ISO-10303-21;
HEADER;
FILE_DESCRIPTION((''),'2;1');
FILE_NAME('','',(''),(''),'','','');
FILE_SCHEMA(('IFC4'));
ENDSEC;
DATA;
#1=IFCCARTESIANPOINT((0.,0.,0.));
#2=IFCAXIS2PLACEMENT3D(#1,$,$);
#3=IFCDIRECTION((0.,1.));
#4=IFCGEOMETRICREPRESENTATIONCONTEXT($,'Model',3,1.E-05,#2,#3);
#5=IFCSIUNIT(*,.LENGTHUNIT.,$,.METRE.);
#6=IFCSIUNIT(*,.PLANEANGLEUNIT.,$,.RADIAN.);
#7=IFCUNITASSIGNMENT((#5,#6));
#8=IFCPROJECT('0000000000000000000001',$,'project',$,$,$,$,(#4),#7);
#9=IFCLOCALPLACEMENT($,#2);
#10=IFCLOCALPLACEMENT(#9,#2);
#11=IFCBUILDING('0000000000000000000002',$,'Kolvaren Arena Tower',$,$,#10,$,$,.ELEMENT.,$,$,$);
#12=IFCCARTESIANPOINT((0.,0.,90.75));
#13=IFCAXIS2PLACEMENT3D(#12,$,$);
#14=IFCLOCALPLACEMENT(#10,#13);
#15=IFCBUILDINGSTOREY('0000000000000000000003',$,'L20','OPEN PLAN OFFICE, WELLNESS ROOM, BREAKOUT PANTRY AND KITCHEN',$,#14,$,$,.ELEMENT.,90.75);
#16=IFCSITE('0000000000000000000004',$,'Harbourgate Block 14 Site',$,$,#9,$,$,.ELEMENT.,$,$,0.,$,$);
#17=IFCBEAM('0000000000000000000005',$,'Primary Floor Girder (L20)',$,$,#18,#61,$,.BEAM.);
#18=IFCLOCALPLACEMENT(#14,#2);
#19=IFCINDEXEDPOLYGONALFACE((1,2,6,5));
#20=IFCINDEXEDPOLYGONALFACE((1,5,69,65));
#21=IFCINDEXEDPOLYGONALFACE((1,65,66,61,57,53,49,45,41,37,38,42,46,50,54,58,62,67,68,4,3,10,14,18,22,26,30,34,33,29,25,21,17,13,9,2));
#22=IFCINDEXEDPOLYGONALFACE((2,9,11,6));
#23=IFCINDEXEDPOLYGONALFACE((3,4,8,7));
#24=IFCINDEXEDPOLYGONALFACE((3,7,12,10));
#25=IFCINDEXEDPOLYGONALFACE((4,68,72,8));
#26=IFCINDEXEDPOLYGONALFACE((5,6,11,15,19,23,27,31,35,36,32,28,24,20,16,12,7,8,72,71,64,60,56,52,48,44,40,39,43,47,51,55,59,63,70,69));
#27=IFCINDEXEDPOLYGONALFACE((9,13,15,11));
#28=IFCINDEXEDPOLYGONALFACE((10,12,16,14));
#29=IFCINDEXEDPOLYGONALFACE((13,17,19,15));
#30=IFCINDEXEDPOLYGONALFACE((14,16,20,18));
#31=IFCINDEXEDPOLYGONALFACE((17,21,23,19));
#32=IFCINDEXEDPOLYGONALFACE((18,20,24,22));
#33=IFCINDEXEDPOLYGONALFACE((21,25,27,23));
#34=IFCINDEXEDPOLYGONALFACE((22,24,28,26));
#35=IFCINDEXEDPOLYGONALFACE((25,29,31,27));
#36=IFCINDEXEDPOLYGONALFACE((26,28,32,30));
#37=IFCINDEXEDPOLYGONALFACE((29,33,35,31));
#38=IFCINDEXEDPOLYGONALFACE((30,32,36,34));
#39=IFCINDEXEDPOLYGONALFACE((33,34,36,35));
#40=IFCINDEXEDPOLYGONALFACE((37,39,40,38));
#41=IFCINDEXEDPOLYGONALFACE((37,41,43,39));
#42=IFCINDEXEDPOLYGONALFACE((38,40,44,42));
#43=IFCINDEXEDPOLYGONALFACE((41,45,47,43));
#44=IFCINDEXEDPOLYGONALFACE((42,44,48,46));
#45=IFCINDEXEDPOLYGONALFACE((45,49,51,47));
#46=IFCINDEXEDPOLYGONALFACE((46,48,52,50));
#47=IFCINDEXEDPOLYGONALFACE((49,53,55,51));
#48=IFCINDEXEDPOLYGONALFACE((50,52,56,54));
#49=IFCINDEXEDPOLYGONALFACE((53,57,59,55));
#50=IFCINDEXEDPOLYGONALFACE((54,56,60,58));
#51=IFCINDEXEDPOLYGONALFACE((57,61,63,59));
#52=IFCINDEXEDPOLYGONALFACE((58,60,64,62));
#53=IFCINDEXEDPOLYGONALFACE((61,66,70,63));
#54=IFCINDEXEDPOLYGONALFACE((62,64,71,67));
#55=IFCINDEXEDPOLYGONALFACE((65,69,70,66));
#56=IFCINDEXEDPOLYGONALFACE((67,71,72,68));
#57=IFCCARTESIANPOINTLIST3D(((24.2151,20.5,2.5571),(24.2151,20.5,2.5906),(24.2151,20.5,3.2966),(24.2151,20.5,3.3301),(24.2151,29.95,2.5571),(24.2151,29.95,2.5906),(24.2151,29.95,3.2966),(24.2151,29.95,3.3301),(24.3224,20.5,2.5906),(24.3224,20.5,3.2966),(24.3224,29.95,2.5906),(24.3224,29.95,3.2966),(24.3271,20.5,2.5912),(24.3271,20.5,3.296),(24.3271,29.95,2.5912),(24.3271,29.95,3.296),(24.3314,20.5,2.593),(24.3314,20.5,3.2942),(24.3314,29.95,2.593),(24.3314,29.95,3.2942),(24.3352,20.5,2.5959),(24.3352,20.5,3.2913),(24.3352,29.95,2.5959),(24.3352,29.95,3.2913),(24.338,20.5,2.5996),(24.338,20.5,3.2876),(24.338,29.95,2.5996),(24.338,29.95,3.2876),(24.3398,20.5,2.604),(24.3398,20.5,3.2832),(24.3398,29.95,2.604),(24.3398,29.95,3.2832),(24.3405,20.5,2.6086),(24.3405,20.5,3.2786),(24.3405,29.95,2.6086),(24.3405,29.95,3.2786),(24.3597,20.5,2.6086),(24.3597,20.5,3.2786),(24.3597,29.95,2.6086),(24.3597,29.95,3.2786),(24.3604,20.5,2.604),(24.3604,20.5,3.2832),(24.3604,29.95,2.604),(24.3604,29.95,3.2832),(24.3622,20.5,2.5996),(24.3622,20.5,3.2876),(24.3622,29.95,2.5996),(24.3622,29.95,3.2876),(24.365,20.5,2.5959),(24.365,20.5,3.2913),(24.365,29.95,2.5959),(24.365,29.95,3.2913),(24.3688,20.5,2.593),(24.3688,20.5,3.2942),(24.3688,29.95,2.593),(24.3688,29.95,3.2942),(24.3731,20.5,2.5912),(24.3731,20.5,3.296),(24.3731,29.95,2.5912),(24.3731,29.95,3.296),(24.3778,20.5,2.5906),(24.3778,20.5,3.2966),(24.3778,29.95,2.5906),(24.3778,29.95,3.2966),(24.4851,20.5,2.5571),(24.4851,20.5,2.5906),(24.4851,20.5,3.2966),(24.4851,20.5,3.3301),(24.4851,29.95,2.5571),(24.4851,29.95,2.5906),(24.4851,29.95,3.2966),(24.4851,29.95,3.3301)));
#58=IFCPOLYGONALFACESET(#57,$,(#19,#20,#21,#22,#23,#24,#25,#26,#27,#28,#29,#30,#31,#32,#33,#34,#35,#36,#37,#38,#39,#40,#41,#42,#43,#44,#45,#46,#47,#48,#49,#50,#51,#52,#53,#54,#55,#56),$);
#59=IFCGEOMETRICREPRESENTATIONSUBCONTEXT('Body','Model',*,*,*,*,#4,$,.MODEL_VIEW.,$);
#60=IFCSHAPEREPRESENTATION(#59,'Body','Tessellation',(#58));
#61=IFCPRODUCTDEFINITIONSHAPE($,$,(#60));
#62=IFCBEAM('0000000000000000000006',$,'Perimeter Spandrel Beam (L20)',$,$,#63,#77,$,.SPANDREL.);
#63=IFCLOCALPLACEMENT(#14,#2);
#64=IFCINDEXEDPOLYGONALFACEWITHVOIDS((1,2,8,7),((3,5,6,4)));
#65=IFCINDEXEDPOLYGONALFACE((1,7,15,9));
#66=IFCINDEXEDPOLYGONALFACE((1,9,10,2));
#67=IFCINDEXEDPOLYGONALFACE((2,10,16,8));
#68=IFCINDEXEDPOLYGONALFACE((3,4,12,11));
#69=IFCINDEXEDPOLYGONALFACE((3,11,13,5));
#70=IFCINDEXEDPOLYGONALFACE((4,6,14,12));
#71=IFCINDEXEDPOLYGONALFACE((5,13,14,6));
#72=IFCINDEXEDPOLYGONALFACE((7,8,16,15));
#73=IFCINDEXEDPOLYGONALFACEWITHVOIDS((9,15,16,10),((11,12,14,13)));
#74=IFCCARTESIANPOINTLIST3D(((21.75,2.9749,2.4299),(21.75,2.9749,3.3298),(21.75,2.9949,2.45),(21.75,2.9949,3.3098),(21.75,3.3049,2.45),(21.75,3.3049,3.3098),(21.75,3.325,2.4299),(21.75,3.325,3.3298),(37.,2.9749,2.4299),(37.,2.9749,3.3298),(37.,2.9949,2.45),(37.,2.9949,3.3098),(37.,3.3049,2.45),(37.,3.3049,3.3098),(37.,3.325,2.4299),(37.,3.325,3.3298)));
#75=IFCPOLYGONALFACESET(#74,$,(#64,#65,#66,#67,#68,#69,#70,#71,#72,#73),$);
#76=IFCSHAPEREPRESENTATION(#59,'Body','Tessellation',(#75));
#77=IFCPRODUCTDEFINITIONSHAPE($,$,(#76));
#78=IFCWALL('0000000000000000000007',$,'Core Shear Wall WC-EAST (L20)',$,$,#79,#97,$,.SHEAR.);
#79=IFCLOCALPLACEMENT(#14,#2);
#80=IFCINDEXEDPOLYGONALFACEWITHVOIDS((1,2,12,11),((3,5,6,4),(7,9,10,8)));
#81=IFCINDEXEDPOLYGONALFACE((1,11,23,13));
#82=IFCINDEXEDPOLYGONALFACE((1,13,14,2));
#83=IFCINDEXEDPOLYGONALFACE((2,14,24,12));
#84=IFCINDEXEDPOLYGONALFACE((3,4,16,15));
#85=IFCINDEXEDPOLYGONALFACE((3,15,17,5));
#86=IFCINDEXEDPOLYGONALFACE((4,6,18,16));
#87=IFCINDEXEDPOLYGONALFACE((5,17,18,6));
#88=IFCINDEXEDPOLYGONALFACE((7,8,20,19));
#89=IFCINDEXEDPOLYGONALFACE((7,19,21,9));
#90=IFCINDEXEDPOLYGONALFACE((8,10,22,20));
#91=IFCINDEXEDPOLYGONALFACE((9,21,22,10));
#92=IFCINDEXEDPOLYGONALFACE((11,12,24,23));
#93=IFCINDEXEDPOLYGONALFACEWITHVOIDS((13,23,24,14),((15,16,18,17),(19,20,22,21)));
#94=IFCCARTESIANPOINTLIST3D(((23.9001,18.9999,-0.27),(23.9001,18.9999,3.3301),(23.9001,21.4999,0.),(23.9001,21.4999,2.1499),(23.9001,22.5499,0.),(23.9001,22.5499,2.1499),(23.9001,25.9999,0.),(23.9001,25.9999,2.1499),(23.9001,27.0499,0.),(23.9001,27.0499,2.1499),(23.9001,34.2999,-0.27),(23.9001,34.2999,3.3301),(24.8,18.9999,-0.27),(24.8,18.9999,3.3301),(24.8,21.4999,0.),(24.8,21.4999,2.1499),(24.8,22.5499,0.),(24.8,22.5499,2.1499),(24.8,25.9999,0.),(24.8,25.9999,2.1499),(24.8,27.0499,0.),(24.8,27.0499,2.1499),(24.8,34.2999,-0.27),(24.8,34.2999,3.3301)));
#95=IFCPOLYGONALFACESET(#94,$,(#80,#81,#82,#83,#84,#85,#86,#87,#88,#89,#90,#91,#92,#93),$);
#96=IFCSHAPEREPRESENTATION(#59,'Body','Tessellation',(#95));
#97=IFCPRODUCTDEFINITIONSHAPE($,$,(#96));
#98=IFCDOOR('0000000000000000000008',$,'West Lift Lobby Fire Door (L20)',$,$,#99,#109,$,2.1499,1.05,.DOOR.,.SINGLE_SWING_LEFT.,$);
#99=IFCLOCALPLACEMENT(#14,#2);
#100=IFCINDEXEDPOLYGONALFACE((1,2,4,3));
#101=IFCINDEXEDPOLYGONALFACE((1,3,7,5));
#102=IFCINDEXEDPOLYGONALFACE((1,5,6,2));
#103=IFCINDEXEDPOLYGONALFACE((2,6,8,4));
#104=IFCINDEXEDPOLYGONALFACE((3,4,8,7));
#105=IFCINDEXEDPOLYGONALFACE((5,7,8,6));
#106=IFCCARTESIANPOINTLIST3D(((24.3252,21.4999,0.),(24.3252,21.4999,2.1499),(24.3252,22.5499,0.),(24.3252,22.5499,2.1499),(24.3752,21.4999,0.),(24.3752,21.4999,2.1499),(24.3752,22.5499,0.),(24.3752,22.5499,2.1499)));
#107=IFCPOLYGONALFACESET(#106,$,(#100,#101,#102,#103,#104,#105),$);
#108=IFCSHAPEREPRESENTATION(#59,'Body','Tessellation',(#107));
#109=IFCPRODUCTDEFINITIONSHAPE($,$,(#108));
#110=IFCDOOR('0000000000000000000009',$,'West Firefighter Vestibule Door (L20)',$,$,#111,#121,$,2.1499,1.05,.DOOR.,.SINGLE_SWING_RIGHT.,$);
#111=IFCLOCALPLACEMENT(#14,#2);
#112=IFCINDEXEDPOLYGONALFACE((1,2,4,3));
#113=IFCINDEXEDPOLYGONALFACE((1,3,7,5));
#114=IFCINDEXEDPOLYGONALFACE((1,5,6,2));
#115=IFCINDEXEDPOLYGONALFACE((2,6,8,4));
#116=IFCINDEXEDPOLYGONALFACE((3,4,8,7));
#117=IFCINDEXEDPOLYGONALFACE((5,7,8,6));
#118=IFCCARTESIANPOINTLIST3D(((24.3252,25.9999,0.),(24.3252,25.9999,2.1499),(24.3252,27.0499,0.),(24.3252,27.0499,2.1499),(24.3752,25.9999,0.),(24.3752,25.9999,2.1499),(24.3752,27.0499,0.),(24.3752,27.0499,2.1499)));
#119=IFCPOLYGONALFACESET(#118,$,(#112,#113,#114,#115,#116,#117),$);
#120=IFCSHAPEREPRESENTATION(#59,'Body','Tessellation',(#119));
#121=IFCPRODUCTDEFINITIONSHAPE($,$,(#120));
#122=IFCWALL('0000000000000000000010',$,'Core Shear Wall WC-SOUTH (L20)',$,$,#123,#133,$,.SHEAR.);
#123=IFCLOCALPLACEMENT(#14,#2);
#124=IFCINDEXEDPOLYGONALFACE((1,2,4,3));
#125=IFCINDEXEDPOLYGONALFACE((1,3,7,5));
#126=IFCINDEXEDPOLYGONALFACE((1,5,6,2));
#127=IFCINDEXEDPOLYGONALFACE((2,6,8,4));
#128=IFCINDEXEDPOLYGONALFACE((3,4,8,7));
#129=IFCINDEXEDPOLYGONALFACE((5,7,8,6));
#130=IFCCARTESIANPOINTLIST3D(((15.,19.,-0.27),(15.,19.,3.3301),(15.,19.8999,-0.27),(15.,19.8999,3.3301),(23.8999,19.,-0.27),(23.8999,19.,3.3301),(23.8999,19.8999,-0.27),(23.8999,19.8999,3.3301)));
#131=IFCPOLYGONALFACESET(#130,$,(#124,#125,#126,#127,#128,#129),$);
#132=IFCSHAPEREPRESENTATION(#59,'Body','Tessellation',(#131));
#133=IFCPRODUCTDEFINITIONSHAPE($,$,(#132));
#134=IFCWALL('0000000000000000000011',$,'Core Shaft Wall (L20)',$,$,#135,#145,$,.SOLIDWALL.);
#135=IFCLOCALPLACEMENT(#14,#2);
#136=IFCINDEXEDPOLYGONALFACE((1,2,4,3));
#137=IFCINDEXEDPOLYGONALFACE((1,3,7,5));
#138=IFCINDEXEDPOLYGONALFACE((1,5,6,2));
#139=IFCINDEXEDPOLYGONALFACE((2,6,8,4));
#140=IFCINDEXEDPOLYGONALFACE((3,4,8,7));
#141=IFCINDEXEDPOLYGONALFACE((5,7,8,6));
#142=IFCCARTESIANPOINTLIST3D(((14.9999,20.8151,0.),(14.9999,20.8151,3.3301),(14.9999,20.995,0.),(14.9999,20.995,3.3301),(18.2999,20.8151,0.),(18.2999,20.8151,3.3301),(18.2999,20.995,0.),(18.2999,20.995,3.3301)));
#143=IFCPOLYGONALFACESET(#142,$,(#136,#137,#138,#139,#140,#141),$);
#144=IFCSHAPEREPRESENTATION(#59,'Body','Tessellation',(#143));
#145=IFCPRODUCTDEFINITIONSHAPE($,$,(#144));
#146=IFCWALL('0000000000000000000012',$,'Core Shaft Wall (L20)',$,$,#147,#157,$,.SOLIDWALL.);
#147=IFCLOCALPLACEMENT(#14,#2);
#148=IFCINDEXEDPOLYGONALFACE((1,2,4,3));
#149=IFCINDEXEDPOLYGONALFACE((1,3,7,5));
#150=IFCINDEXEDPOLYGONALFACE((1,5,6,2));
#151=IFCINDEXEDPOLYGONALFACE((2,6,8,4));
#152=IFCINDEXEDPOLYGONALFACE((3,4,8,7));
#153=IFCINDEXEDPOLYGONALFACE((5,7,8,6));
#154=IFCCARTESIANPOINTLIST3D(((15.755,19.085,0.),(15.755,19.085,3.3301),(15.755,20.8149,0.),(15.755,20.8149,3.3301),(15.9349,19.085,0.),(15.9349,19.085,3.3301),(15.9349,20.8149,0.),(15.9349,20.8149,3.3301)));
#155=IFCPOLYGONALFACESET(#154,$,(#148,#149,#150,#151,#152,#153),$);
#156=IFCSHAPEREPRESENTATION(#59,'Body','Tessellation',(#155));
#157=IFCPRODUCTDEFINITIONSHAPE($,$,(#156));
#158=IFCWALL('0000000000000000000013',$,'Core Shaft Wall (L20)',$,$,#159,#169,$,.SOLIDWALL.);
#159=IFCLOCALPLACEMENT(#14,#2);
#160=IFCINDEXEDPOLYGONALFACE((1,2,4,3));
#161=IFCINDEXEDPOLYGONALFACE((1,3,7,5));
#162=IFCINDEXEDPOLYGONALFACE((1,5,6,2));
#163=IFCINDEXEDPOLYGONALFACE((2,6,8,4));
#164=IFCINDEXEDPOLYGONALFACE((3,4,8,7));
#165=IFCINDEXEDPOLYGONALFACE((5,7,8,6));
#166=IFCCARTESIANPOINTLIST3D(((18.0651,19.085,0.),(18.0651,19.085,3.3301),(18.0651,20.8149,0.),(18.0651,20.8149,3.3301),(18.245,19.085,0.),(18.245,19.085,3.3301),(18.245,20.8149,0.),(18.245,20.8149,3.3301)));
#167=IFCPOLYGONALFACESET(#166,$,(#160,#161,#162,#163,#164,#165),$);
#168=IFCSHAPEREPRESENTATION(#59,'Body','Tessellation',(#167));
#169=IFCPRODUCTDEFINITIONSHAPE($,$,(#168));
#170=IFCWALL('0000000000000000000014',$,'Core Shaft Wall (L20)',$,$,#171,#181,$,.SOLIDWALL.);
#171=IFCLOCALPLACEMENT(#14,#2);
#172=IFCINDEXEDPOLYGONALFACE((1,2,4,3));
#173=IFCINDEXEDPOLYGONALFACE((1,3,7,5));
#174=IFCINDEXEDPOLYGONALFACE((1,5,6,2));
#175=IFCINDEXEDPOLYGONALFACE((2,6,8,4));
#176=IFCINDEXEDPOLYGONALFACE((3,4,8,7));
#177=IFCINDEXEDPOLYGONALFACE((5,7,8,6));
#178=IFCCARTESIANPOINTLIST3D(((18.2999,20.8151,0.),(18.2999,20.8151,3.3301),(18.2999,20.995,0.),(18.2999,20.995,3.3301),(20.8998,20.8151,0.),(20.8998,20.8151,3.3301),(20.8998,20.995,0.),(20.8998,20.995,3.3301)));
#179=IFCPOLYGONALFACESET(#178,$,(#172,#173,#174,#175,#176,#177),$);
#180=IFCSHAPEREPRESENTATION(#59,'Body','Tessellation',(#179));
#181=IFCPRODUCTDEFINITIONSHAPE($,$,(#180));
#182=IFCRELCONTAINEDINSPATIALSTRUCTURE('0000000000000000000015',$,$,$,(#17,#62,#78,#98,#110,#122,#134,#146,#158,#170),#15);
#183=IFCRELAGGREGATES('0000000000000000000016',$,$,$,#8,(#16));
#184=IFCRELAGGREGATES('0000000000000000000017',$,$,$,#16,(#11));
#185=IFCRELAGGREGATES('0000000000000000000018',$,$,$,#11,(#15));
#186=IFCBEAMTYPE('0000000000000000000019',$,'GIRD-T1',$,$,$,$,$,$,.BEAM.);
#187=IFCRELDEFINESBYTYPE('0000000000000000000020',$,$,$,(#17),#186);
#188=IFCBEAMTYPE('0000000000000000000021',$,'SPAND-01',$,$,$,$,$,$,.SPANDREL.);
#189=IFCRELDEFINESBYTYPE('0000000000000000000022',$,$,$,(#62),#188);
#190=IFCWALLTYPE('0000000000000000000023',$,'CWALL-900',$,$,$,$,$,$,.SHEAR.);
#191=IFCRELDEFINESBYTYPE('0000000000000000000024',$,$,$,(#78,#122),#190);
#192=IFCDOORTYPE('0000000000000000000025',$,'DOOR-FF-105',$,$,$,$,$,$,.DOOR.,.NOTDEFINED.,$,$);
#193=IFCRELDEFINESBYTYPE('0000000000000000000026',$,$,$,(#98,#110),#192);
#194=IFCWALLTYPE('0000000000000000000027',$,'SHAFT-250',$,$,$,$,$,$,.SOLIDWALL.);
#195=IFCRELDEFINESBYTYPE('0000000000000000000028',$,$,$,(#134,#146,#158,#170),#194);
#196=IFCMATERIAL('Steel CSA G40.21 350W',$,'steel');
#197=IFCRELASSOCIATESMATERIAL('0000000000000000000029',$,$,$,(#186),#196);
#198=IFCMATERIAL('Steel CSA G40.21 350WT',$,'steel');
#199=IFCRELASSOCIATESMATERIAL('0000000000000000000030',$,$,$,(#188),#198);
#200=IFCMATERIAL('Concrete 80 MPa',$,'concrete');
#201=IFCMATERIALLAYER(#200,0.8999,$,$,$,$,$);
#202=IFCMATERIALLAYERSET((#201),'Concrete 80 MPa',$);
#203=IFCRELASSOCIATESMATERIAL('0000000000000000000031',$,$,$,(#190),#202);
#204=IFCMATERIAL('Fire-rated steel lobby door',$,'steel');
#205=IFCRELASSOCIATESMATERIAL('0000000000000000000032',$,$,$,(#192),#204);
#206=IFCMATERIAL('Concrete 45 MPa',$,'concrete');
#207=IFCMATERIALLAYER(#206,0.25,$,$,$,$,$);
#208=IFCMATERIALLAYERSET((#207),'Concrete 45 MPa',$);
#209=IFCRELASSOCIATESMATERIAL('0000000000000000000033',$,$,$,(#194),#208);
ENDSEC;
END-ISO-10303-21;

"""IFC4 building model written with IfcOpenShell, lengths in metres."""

from ifc_helpers import new_model, si_unit, direction, frame, frame_2d, origin, origin_2d, place, context, subcontext, project, spatial, rectangle, hollow_rectangle, i_section, extrude, material, layer, layer_set, material_profile, profile_set, type_object, element, fill, save


model = new_model("IFC4")

# Units and contexts
model_context = context("Model", 3, precision=1e-05, world=origin(), true_north=direction((0.0, 1.0)))
body_context = subcontext(model_context, "Body", "Model", "MODEL_VIEW")
ifc_project = project(units=[si_unit("LENGTHUNIT", "METRE"), si_unit("PLANEANGLEUNIT", "RADIAN")], contexts=[model_context])

# Site, building, storey
site_placement = place(None, origin())
site = spatial("IfcSite", under=ifc_project, at=site_placement, Name="Harbourgate Block 14 Site", CompositionType="ELEMENT", RefElevation=0.0)
building_placement = place(site_placement, origin())
building = spatial("IfcBuilding", under=site, at=building_placement, Name="Kolvaren Arena Tower", CompositionType="ELEMENT")
storey_placement = place(building_placement, frame((0.0, 0.0, 90.75)))
storey = spatial("IfcBuildingStorey", under=building, at=storey_placement, Name="L20", Description="OPEN PLAN OFFICE, WELLNESS ROOM, BREAKOUT PANTRY AND KITCHEN", CompositionType="ELEMENT", Elevation=90.75)

# Beams
ifc_material_1 = material(Name="Steel CSA G40.21 350W", Category="steel")
ifc_material_profile_1 = material_profile(ifc_material_1, i_section(OverallWidth=0.27, OverallDepth=0.7729, WebThickness=0.0193, FlangeThickness=0.0334, FilletRadius=0.0181, at=origin_2d()), Name="W760x257")
ifc_profile_set_1 = profile_set([ifc_material_profile_1], Name="Steel CSA G40.21 350W")
beam_type_1 = type_object("IfcBeamType", Name="GIRD-T1", PredefinedType="BEAM", material=ifc_profile_set_1)
beam_1_placement = place(storey_placement, frame((24.3501, 20.5, 2.9436), z_axis=(0.0, 1.0, 0.0), x_axis=(-1.0, 0.0, 0.0)))
element("IfcBeam", 1, at=beam_1_placement, inside=storey, type_object=beam_type_1, Name="Primary Floor Girder (L20)", PredefinedType="BEAM", context=body_context, shape_type="SweptSolid", body=[
    extrude(i_section(OverallWidth=0.27, OverallDepth=0.7729, WebThickness=0.0193, FlangeThickness=0.0334, FilletRadius=0.0181, at=origin_2d()), origin(), (0.0, 0.0, 1.0), 9.45),
])
ifc_material_2 = material(Name="Steel CSA G40.21 350WT", Category="steel")
ifc_material_profile_2 = material_profile(ifc_material_2, hollow_rectangle(XDim=0.3501, YDim=0.8999, WallThickness=0.02, at=origin_2d()), Name="HSS 900x350x20")
ifc_profile_set_2 = profile_set([ifc_material_profile_2], Name="Steel CSA G40.21 350WT")
beam_type_2 = type_object("IfcBeamType", Name="SPAND-01", PredefinedType="SPANDREL", material=ifc_profile_set_2)
beam_2_placement = place(storey_placement, frame((21.75, 3.1499, 2.8799), z_axis=(1.0, 0.0, 0.0), x_axis=(0.0, 1.0, 0.0)))
element("IfcBeam", 2, at=beam_2_placement, inside=storey, type_object=beam_type_2, Name="Perimeter Spandrel Beam (L20)", PredefinedType="SPANDREL", context=body_context, shape_type="SweptSolid", body=[
    extrude(hollow_rectangle(XDim=0.3501, YDim=0.8999, WallThickness=0.02, at=origin_2d()), origin(), (0.0, 0.0, 1.0), 15.25),
])

# Wall, openings, doors
ifc_material_3 = material(Name="Concrete 80 MPa", Category="concrete")
ifc_layer_1 = layer(ifc_material_3, 0.8999)
ifc_layer_set_1 = layer_set([ifc_layer_1], Name="Concrete 80 MPa")
wall_type_1 = type_object("IfcWallType", Name="CWALL-900", PredefinedType="SHEAR", material=ifc_layer_set_1)
wall_1_placement = place(storey_placement, frame((24.3501, 19.0, -0.27), z_axis=(0.0, 0.0, 1.0), x_axis=(0.0, 1.0, 0.0)))
wall_1 = element("IfcWall", 3, at=wall_1_placement, inside=storey, type_object=wall_type_1, Name="Core Shear Wall WC-EAST (L20)", PredefinedType="SHEAR", context=body_context, shape_type="SweptSolid", body=[
    extrude(rectangle(XDim=15.3, YDim=0.8999, at=frame_2d((7.6499, 0.0))), origin(), (0.0, 0.0, 1.0), 3.6001),
])
opening_1_placement = place(wall_1_placement, frame((2.5, 0.0, 0.27)))
opening_1 = element("IfcOpeningElement", 4, at=opening_1_placement, cuts=wall_1, PredefinedType="OPENING", context=body_context, shape_type="SweptSolid", body=[
    extrude(rectangle(XDim=1.05, YDim=2.1499, at=frame_2d((0.5249, 1.075))), frame((0.0, 0.46, 0.0), z_axis=(0.0, -1.0, 0.0), x_axis=(1.0, 0.0, 0.0)), (0.0, 0.0, 1.0), 0.9199),
])
opening_2_placement = place(wall_1_placement, frame((7.0, 0.0, 0.27)))
opening_2 = element("IfcOpeningElement", 5, at=opening_2_placement, cuts=wall_1, PredefinedType="OPENING", context=body_context, shape_type="SweptSolid", body=[
    extrude(rectangle(XDim=1.05, YDim=2.1499, at=frame_2d((0.5249, 1.075))), frame((0.0, 0.46, 0.0), z_axis=(0.0, -1.0, 0.0), x_axis=(1.0, 0.0, 0.0)), (0.0, 0.0, 1.0), 0.9199),
])
ifc_material_4 = material(Name="Fire-rated steel lobby door", Category="steel")
door_type = type_object("IfcDoorType", Name="DOOR-FF-105", OperationType="NOTDEFINED", PredefinedType="DOOR", material=ifc_material_4)
door_1_placement = place(opening_1_placement, origin())
door_1 = element("IfcDoor", 6, at=door_1_placement, inside=storey, type_object=door_type, Name="West Lift Lobby Fire Door (L20)", OperationType="SINGLE_SWING_LEFT", OverallHeight=2.1499, OverallWidth=1.05, PredefinedType="DOOR", context=body_context, shape_type="SweptSolid", body=[
    extrude(rectangle(XDim=1.05, YDim=2.1499, at=frame_2d((0.5249, 1.075))), frame((0.0, 0.0249, 0.0), z_axis=(0.0, -1.0, 0.0), x_axis=(1.0, 0.0, 0.0)), (0.0, 0.0, 1.0), 0.05),
])
fill(opening_1, door_1)
door_2_placement = place(opening_2_placement, origin())
door_2 = element("IfcDoor", 7, at=door_2_placement, inside=storey, type_object=door_type, Name="West Firefighter Vestibule Door (L20)", OperationType="SINGLE_SWING_RIGHT", OverallHeight=2.1499, OverallWidth=1.05, PredefinedType="DOOR", context=body_context, shape_type="SweptSolid", body=[
    extrude(rectangle(XDim=1.05, YDim=2.1499, at=frame_2d((0.5249, 1.075))), frame((0.0, 0.0249, 0.0), z_axis=(0.0, -1.0, 0.0), x_axis=(1.0, 0.0, 0.0)), (0.0, 0.0, 1.0), 0.05),
])
fill(opening_2, door_2)

# Walls
wall_2_placement = place(storey_placement, frame((15.0, 19.45, -0.27), z_axis=(0.0, 0.0, 1.0), x_axis=(1.0, 0.0, 0.0)))
element("IfcWall", 8, at=wall_2_placement, inside=storey, type_object=wall_type_1, Name="Core Shear Wall WC-SOUTH (L20)", PredefinedType="SHEAR", context=body_context, shape_type="SweptSolid", body=[
    extrude(rectangle(XDim=8.8999, YDim=0.8999, at=frame_2d((4.45, 0.0))), origin(), (0.0, 0.0, 1.0), 3.6001),
])
ifc_material_5 = material(Name="Concrete 45 MPa", Category="concrete")
ifc_layer_2 = layer(ifc_material_5, 0.25)
ifc_layer_set_2 = layer_set([ifc_layer_2], Name="Concrete 45 MPa")
wall_type_2 = type_object("IfcWallType", Name="SHAFT-250", PredefinedType="SOLIDWALL", material=ifc_layer_set_2)
wall_3_placement = place(storey_placement, frame((15.0, 20.905, 0.0), z_axis=(0.0, 0.0, 1.0), x_axis=(1.0, 0.0, 0.0)))
element("IfcWall", 9, at=wall_3_placement, inside=storey, type_object=wall_type_2, Name="Core Shaft Wall (L20)", PredefinedType="SOLIDWALL", context=body_context, shape_type="SweptSolid", body=[
    extrude(rectangle(XDim=3.3, YDim=0.1799, at=frame_2d((1.6499, 0.0))), origin(), (0.0, 0.0, 1.0), 3.3301),
])
for number, where, z_axis, x_axis, name in (
    (10, (15.845, 19.085, 0.0), (0.0, 0.0, 1.0), (0.0, 1.0, 0.0), "Core Shaft Wall (L20)"),
    (11, (18.155, 19.085, 0.0), (0.0, 0.0, 1.0), (0.0, 1.0, 0.0), "Core Shaft Wall (L20)"),
):
    element("IfcWall", number, at=place(storey_placement, frame(where, z_axis=z_axis, x_axis=x_axis)), inside=storey, type_object=wall_type_2, Name=name, PredefinedType="SOLIDWALL", context=body_context, shape_type="SweptSolid", body=[
        extrude(rectangle(XDim=1.73, YDim=0.1799, at=frame_2d((0.865, 0.0))), origin(), (0.0, 0.0, 1.0), 3.3301),
    ])
for number, where, z_axis, x_axis, name in (
    (12, (18.3, 20.905, 0.0), (0.0, 0.0, 1.0), (1.0, 0.0, 0.0), "Core Shaft Wall (L20)"),
):
    element("IfcWall", number, at=place(storey_placement, frame(where, z_axis=z_axis, x_axis=x_axis)), inside=storey, type_object=wall_type_2, Name=name, PredefinedType="SOLIDWALL", context=body_context, shape_type="SweptSolid", body=[
        extrude(rectangle(XDim=2.5999, YDim=0.1799, at=frame_2d((1.2998, 0.0))), origin(), (0.0, 0.0, 1.0), 3.3301),
    ])

save(model, "model.ifc")
